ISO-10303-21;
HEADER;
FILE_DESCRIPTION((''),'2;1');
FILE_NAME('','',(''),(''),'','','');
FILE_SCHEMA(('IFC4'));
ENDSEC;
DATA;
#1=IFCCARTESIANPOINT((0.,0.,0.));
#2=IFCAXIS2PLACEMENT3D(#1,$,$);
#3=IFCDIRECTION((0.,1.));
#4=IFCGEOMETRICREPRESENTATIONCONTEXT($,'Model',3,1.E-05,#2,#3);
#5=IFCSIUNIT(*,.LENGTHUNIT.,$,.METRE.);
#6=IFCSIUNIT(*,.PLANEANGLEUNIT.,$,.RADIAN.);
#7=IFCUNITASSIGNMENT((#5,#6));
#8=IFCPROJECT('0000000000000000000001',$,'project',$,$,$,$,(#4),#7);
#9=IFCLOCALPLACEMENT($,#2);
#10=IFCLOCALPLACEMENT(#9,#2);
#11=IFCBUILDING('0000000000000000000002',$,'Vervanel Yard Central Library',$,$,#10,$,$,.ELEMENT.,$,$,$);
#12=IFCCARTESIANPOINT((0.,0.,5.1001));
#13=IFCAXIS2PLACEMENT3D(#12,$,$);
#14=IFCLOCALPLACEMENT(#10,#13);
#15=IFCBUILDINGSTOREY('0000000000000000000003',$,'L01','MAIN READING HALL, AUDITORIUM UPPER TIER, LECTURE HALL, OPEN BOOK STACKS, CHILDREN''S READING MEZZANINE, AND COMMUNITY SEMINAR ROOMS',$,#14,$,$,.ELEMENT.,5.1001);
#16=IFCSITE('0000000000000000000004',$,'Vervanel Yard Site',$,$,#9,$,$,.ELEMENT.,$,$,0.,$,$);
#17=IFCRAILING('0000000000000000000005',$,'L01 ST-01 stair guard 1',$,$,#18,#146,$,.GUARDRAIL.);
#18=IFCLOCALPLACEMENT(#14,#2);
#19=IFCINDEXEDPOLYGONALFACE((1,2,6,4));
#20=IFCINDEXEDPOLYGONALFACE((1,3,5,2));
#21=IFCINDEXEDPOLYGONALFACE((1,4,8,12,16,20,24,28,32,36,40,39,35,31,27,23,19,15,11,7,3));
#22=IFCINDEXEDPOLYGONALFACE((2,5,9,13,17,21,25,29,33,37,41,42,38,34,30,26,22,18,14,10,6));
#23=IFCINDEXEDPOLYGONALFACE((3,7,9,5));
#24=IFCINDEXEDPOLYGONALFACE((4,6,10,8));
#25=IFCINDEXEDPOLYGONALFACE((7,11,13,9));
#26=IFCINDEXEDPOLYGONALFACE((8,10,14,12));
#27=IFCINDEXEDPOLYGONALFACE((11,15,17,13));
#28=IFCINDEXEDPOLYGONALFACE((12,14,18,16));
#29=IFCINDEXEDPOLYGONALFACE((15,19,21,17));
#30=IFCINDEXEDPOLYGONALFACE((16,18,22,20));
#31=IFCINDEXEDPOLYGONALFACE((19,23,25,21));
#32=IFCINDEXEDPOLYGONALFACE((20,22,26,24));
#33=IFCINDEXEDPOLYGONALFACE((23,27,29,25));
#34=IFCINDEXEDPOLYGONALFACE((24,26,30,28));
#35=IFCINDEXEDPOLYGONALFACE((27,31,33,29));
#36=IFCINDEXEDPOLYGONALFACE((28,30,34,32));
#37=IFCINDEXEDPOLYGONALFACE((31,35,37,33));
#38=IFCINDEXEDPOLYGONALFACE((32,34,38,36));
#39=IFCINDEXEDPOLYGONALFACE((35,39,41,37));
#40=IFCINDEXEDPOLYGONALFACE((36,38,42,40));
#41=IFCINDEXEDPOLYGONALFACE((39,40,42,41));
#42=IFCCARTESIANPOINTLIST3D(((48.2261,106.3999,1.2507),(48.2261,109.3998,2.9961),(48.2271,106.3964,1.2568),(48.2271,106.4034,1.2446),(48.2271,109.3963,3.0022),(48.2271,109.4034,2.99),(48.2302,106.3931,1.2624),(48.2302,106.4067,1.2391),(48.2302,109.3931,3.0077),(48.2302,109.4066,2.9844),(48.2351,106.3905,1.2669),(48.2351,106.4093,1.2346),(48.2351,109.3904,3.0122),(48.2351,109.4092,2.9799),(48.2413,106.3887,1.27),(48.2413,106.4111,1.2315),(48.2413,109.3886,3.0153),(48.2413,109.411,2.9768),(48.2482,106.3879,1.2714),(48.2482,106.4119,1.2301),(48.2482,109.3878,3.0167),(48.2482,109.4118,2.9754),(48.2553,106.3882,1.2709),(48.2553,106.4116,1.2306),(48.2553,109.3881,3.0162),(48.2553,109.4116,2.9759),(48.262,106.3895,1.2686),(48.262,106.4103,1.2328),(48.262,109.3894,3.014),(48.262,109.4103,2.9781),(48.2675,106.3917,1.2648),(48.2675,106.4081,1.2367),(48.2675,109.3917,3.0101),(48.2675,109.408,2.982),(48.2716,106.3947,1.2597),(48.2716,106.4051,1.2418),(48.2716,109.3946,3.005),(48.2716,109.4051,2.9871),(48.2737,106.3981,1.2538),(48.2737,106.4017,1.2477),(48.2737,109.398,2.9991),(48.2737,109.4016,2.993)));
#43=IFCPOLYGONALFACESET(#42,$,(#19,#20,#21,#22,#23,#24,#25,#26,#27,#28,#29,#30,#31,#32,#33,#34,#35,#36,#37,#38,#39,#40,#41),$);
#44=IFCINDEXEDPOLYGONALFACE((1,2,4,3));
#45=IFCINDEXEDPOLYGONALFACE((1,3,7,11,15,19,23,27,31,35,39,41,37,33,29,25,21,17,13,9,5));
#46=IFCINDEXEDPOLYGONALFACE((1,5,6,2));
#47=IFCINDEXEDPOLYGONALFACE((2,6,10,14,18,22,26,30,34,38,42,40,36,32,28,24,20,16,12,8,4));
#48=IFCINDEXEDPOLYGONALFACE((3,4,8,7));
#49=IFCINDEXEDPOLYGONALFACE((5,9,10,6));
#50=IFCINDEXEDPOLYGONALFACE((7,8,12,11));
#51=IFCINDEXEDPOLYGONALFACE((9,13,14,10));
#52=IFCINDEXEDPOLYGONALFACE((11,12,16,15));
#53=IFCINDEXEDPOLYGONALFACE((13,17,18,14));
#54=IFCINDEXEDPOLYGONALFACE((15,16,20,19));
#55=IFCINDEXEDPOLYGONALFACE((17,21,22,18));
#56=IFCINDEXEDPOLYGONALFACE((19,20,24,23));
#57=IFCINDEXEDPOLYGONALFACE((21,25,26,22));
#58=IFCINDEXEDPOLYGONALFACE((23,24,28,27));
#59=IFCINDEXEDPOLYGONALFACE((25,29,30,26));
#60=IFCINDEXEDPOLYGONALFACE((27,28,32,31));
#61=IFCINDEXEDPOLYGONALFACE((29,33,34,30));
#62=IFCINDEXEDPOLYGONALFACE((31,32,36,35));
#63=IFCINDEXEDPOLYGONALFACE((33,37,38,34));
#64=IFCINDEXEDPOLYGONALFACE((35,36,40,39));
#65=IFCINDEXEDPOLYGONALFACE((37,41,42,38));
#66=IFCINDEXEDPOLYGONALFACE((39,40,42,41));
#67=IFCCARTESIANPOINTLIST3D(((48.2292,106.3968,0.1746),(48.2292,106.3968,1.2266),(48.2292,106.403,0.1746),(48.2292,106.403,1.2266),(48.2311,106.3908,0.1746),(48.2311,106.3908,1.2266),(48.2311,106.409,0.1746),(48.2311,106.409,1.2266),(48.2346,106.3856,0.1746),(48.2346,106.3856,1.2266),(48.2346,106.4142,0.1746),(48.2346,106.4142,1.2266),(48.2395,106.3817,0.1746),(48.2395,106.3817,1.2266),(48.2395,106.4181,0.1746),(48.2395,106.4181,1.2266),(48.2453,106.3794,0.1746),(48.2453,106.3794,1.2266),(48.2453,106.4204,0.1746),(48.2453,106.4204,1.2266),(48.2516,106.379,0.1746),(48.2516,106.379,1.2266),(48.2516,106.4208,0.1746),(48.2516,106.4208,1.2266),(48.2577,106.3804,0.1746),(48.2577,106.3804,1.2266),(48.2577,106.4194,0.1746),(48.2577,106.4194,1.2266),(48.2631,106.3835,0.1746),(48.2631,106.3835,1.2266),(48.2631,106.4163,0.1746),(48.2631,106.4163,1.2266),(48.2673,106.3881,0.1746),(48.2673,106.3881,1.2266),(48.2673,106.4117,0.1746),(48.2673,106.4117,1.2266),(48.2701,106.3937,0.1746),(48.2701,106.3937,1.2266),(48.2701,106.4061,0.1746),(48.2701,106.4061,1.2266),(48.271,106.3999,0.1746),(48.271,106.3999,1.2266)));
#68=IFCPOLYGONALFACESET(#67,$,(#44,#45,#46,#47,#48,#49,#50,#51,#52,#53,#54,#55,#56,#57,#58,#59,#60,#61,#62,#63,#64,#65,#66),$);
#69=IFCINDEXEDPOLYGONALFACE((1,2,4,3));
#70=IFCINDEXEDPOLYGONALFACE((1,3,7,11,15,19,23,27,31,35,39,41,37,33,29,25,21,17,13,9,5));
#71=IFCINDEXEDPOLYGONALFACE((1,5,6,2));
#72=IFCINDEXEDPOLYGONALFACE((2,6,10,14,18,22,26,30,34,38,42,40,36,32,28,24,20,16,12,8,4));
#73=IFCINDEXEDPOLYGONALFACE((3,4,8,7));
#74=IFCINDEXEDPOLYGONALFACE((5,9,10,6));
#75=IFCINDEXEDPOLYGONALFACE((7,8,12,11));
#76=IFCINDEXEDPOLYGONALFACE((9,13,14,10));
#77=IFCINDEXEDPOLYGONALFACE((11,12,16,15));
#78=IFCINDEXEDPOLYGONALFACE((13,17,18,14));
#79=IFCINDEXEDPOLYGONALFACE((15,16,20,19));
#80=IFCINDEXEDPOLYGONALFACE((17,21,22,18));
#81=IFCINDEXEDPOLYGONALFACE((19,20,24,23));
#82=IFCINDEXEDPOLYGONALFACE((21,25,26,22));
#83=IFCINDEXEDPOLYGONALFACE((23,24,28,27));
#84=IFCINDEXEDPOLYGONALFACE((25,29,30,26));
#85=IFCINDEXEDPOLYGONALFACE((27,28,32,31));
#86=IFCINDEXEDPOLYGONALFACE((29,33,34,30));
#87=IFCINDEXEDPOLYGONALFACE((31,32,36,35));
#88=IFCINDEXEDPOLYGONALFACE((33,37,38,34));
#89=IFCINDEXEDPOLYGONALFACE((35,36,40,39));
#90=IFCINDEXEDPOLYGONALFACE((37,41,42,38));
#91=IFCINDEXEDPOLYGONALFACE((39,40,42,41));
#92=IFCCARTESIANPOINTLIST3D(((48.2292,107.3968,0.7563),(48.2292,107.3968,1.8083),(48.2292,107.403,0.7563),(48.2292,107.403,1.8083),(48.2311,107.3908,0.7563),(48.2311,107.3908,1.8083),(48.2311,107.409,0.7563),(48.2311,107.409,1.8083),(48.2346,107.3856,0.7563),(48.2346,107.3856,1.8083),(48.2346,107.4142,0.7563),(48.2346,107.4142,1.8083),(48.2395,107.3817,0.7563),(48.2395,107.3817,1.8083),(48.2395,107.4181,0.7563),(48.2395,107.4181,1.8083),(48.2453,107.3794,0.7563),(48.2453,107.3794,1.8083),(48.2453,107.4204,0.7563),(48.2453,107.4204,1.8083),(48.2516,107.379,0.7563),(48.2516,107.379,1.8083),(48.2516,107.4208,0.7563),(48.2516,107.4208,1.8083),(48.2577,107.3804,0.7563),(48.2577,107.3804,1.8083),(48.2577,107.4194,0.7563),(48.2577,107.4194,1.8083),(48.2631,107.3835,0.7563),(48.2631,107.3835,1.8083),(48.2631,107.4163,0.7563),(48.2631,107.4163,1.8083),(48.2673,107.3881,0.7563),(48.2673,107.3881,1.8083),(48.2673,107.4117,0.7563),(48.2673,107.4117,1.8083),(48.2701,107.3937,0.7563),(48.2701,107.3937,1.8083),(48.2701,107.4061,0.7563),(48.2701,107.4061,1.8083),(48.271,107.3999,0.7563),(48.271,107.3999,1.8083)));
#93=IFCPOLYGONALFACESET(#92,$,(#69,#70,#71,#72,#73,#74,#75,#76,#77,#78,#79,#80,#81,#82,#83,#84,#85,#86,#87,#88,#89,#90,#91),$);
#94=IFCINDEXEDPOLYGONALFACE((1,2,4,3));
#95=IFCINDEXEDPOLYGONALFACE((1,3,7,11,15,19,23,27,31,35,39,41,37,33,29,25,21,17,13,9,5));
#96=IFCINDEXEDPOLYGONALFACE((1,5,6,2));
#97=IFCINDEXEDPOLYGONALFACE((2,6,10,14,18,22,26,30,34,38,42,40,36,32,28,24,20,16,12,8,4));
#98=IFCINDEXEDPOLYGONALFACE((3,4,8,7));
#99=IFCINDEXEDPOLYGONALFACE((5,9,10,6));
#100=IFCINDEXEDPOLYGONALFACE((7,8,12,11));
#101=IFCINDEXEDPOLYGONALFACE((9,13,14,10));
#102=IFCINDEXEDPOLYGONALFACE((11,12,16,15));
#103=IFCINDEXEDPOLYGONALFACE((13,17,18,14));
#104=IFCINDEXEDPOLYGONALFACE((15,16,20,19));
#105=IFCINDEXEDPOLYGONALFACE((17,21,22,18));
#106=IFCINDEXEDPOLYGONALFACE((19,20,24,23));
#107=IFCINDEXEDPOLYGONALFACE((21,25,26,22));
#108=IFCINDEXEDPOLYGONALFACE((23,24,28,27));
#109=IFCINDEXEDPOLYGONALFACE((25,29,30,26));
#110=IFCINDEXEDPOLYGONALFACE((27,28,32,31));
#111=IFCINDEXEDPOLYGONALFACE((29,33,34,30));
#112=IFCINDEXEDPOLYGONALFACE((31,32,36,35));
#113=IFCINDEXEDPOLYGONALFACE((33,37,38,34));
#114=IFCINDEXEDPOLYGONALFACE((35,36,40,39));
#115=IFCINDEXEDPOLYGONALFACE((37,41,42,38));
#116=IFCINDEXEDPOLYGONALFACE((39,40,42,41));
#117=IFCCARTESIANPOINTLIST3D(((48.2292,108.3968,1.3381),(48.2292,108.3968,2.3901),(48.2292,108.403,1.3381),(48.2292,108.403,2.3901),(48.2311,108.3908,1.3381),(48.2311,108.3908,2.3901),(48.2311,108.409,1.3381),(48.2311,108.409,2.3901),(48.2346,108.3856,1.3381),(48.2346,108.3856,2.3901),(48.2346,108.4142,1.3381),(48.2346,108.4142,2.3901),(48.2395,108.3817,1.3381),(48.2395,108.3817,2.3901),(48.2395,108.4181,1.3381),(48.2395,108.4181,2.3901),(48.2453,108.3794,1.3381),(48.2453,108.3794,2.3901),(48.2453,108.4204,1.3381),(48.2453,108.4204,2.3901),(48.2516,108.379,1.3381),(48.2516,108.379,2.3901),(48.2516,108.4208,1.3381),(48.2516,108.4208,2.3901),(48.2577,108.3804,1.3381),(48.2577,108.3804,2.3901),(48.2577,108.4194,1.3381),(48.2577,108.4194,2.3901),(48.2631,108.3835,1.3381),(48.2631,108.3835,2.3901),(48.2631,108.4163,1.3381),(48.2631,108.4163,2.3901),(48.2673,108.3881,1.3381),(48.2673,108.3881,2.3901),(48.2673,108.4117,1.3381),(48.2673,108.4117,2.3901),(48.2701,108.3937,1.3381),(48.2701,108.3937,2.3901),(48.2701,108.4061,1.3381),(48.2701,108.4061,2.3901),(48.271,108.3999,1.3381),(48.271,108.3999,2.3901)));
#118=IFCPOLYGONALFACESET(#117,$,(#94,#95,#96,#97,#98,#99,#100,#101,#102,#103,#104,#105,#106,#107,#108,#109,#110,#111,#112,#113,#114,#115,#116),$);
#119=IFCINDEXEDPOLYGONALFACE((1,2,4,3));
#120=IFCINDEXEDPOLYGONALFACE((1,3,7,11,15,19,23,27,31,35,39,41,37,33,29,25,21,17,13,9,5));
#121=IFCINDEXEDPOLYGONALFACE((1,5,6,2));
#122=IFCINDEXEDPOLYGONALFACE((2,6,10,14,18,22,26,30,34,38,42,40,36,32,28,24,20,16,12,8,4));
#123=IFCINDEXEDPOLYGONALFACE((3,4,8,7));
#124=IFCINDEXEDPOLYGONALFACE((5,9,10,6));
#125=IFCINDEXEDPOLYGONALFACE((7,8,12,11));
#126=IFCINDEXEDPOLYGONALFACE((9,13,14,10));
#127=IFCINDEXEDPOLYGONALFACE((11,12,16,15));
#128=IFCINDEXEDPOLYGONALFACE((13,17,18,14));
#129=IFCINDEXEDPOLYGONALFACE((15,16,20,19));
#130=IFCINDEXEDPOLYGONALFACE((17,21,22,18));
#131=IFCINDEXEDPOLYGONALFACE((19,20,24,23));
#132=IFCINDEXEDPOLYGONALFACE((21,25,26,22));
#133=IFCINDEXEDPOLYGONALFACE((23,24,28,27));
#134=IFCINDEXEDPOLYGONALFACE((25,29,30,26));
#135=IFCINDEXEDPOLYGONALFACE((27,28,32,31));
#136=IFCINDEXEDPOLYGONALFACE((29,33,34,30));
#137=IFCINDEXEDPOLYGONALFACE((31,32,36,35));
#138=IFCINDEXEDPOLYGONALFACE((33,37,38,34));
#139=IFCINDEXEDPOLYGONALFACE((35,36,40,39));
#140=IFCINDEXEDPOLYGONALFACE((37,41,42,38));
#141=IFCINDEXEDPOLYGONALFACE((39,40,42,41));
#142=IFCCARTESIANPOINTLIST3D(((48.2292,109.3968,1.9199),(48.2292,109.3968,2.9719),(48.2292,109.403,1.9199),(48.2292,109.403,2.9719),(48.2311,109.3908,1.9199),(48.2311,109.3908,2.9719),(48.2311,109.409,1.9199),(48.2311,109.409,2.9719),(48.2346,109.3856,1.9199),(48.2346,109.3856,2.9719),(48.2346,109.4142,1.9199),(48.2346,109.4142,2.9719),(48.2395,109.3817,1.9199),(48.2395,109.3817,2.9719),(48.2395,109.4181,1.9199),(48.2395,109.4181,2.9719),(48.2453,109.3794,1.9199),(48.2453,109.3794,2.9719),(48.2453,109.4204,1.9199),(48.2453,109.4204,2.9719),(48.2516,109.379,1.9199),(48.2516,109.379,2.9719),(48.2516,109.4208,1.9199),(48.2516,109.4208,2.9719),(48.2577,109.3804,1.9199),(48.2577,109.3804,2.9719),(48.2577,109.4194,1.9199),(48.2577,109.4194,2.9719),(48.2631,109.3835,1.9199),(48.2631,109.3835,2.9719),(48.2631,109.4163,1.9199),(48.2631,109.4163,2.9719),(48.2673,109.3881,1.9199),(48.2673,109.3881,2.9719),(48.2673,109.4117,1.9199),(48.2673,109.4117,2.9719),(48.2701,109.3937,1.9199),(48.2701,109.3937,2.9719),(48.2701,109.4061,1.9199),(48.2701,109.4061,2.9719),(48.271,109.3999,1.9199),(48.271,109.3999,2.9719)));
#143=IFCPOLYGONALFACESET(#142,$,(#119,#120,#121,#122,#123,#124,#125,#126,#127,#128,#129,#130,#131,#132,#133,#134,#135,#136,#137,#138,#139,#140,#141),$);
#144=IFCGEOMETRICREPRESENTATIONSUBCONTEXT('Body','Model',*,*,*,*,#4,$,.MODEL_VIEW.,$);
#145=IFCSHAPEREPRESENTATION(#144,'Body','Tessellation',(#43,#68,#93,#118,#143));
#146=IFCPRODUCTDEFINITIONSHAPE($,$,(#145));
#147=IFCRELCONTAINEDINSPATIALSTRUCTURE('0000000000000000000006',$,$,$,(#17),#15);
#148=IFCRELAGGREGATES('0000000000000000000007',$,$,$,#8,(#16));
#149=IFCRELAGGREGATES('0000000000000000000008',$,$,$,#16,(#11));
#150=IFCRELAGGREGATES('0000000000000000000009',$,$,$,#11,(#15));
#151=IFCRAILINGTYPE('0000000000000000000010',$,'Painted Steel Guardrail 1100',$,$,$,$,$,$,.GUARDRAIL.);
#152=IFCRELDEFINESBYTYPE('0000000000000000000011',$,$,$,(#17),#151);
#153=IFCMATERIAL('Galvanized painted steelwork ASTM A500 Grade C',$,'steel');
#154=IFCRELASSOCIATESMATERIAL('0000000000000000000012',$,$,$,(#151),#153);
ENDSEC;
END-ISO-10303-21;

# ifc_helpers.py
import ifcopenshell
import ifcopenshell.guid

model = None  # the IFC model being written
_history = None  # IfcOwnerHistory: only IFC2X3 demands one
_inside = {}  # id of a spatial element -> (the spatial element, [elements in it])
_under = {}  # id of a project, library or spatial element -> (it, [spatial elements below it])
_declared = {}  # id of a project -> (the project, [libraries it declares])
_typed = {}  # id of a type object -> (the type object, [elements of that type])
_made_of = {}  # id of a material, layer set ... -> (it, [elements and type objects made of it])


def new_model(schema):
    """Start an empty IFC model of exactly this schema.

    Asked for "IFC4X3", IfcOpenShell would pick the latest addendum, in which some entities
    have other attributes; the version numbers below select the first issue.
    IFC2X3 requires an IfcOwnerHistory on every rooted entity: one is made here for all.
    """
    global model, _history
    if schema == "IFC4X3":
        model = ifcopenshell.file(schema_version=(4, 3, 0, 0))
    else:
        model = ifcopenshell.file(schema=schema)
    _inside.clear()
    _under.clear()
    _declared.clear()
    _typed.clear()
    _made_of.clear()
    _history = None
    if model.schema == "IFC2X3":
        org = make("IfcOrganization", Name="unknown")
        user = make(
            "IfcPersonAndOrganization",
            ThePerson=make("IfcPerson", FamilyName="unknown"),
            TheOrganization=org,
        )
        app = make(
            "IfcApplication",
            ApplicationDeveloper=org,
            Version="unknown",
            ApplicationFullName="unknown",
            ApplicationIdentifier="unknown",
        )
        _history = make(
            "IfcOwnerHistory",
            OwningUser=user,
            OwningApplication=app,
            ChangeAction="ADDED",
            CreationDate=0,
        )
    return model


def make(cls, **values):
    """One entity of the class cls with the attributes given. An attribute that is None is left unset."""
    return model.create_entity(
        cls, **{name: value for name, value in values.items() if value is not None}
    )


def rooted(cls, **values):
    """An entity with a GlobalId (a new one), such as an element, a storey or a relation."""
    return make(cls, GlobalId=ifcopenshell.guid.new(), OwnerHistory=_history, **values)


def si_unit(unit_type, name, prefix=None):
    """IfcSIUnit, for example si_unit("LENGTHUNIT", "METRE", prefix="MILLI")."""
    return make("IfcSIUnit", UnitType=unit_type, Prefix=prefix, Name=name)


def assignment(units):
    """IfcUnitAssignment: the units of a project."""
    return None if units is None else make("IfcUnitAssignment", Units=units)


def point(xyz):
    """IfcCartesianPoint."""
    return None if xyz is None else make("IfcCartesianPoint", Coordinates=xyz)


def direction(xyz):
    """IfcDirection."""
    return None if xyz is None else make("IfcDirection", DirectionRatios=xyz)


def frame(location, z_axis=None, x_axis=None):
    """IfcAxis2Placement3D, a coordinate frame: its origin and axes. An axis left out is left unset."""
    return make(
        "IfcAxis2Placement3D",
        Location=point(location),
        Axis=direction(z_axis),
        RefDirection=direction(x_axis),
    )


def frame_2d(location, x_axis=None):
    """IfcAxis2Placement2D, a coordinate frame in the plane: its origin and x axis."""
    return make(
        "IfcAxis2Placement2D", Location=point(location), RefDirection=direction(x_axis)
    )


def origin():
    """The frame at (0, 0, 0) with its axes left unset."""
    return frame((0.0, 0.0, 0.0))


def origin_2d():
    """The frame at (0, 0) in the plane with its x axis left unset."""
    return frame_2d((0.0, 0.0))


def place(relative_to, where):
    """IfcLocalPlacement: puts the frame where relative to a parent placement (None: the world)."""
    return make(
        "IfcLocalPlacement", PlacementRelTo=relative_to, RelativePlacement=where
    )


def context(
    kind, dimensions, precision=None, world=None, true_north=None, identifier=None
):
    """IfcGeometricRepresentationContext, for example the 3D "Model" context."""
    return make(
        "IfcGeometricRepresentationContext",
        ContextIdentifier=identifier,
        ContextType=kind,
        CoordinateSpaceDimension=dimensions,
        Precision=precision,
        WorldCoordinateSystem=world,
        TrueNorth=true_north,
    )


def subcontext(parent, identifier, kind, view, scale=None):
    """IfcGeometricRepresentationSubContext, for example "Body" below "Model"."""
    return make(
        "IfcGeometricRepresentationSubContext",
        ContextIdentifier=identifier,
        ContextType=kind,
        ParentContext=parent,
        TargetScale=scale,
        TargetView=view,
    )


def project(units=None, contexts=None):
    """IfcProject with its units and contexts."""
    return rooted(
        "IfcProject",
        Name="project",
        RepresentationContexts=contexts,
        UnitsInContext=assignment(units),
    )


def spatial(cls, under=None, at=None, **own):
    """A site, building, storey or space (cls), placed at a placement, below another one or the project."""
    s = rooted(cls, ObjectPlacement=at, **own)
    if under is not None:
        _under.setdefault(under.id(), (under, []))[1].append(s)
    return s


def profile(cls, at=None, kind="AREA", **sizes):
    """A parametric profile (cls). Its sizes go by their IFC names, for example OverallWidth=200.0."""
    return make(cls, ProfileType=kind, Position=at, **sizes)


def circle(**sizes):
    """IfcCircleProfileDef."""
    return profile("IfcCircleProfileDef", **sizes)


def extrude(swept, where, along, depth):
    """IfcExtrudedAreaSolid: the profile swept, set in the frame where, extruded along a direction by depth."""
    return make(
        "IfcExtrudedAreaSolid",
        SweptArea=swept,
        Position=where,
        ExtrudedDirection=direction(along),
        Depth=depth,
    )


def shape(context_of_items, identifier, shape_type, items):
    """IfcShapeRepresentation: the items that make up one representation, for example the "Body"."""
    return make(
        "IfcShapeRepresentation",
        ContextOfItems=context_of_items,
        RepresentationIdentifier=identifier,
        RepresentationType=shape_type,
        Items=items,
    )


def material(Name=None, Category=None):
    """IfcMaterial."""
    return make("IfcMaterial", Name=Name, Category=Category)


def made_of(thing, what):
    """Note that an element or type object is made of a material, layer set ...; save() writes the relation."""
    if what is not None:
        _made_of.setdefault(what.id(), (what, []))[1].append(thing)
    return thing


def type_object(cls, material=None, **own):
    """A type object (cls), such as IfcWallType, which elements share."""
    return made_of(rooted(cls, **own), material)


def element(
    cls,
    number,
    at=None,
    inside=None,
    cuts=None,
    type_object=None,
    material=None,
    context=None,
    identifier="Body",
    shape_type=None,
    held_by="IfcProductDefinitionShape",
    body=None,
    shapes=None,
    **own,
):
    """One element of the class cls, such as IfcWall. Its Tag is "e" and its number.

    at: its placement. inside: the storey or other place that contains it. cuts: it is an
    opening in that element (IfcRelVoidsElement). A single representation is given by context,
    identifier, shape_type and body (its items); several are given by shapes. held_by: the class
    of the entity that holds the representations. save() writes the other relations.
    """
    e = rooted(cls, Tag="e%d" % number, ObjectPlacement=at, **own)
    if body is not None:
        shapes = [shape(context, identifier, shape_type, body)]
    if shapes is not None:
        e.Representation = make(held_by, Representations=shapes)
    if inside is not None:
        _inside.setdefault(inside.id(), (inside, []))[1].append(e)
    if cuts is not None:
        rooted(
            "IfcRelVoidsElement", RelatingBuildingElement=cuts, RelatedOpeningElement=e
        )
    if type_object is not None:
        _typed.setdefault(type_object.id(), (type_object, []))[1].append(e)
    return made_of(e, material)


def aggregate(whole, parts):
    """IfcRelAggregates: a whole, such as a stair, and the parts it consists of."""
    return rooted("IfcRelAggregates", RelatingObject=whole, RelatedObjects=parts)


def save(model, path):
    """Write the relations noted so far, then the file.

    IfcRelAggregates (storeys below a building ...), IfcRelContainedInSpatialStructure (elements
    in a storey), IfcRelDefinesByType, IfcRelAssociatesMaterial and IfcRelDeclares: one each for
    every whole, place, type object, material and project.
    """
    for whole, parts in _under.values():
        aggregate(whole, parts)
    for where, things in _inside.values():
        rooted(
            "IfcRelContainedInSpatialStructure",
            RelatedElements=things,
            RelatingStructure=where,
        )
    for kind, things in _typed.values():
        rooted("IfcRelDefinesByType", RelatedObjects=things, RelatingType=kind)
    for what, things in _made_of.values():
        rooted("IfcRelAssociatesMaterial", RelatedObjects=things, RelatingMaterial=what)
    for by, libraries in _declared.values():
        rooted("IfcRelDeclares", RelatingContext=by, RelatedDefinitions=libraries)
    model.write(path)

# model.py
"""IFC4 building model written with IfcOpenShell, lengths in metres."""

from ifc_helpers import new_model, si_unit, direction, frame, origin, origin_2d, place, context, subcontext, project, spatial, circle, extrude, material, type_object, element, save


model = new_model("IFC4")

# Units and contexts
model_context = context("Model", 3, precision=1e-05, world=origin(), true_north=direction((0.0, 1.0)))
body_context = subcontext(model_context, "Body", "Model", "MODEL_VIEW")
ifc_project = project(units=[si_unit("LENGTHUNIT", "METRE"), si_unit("PLANEANGLEUNIT", "RADIAN")], contexts=[model_context])

# Site, building, storey
site_placement = place(None, origin())
site = spatial("IfcSite", under=ifc_project, at=site_placement, Name="Vervanel Yard Site", CompositionType="ELEMENT", RefElevation=0.0)
building_placement = place(site_placement, origin())
building = spatial("IfcBuilding", under=site, at=building_placement, Name="Vervanel Yard Central Library", CompositionType="ELEMENT")
storey_placement = place(building_placement, frame((0.0, 0.0, 5.1001)))
storey = spatial("IfcBuildingStorey", under=building, at=storey_placement, Name="L01", Description="MAIN READING HALL, AUDITORIUM UPPER TIER, LECTURE HALL, OPEN BOOK STACKS, CHILDREN'S READING MEZZANINE, AND COMMUNITY SEMINAR ROOMS", CompositionType="ELEMENT", Elevation=5.1001)

# Shared definitions
ifc_material_1 = material(Name="Galvanized painted steelwork ASTM A500 Grade C", Category="steel")

# Railing
railing_type_1 = type_object("IfcRailingType", Name="Painted Steel Guardrail 1100", PredefinedType="GUARDRAIL", material=ifc_material_1)
railing_1_placement = place(storey_placement, frame((48.25, 106.3999, 0.1746)))
element("IfcRailing", 1, at=railing_1_placement, inside=storey, type_object=railing_type_1, Name="L01 ST-01 stair guard 1", PredefinedType="GUARDRAIL", context=body_context, shape_type="SweptSolid", body=[
    extrude(circle(Radius=0.0239, at=origin_2d()), frame((0.0, 0.0, 1.0762), z_axis=(0.0, 0.86436, 0.502874), x_axis=(-1.0, 0.0, 0.0)), (0.0, 0.0, 1.0), 3.4707),
    extrude(circle(Radius=0.021, at=origin_2d()), origin(), (0.0, 0.0, 1.0), 1.052),
    extrude(circle(Radius=0.021, at=origin_2d()), frame((0.0, 1.0, 0.5818)), (0.0, 0.0, 1.0), 1.052),
    extrude(circle(Radius=0.021, at=origin_2d()), frame((0.0, 2.0, 1.1636)), (0.0, 0.0, 1.0), 1.052),
    extrude(circle(Radius=0.021, at=origin_2d()), frame((0.0, 3.0, 1.7454)), (0.0, 0.0, 1.0), 1.052),
])

save(model, "model.ifc")
